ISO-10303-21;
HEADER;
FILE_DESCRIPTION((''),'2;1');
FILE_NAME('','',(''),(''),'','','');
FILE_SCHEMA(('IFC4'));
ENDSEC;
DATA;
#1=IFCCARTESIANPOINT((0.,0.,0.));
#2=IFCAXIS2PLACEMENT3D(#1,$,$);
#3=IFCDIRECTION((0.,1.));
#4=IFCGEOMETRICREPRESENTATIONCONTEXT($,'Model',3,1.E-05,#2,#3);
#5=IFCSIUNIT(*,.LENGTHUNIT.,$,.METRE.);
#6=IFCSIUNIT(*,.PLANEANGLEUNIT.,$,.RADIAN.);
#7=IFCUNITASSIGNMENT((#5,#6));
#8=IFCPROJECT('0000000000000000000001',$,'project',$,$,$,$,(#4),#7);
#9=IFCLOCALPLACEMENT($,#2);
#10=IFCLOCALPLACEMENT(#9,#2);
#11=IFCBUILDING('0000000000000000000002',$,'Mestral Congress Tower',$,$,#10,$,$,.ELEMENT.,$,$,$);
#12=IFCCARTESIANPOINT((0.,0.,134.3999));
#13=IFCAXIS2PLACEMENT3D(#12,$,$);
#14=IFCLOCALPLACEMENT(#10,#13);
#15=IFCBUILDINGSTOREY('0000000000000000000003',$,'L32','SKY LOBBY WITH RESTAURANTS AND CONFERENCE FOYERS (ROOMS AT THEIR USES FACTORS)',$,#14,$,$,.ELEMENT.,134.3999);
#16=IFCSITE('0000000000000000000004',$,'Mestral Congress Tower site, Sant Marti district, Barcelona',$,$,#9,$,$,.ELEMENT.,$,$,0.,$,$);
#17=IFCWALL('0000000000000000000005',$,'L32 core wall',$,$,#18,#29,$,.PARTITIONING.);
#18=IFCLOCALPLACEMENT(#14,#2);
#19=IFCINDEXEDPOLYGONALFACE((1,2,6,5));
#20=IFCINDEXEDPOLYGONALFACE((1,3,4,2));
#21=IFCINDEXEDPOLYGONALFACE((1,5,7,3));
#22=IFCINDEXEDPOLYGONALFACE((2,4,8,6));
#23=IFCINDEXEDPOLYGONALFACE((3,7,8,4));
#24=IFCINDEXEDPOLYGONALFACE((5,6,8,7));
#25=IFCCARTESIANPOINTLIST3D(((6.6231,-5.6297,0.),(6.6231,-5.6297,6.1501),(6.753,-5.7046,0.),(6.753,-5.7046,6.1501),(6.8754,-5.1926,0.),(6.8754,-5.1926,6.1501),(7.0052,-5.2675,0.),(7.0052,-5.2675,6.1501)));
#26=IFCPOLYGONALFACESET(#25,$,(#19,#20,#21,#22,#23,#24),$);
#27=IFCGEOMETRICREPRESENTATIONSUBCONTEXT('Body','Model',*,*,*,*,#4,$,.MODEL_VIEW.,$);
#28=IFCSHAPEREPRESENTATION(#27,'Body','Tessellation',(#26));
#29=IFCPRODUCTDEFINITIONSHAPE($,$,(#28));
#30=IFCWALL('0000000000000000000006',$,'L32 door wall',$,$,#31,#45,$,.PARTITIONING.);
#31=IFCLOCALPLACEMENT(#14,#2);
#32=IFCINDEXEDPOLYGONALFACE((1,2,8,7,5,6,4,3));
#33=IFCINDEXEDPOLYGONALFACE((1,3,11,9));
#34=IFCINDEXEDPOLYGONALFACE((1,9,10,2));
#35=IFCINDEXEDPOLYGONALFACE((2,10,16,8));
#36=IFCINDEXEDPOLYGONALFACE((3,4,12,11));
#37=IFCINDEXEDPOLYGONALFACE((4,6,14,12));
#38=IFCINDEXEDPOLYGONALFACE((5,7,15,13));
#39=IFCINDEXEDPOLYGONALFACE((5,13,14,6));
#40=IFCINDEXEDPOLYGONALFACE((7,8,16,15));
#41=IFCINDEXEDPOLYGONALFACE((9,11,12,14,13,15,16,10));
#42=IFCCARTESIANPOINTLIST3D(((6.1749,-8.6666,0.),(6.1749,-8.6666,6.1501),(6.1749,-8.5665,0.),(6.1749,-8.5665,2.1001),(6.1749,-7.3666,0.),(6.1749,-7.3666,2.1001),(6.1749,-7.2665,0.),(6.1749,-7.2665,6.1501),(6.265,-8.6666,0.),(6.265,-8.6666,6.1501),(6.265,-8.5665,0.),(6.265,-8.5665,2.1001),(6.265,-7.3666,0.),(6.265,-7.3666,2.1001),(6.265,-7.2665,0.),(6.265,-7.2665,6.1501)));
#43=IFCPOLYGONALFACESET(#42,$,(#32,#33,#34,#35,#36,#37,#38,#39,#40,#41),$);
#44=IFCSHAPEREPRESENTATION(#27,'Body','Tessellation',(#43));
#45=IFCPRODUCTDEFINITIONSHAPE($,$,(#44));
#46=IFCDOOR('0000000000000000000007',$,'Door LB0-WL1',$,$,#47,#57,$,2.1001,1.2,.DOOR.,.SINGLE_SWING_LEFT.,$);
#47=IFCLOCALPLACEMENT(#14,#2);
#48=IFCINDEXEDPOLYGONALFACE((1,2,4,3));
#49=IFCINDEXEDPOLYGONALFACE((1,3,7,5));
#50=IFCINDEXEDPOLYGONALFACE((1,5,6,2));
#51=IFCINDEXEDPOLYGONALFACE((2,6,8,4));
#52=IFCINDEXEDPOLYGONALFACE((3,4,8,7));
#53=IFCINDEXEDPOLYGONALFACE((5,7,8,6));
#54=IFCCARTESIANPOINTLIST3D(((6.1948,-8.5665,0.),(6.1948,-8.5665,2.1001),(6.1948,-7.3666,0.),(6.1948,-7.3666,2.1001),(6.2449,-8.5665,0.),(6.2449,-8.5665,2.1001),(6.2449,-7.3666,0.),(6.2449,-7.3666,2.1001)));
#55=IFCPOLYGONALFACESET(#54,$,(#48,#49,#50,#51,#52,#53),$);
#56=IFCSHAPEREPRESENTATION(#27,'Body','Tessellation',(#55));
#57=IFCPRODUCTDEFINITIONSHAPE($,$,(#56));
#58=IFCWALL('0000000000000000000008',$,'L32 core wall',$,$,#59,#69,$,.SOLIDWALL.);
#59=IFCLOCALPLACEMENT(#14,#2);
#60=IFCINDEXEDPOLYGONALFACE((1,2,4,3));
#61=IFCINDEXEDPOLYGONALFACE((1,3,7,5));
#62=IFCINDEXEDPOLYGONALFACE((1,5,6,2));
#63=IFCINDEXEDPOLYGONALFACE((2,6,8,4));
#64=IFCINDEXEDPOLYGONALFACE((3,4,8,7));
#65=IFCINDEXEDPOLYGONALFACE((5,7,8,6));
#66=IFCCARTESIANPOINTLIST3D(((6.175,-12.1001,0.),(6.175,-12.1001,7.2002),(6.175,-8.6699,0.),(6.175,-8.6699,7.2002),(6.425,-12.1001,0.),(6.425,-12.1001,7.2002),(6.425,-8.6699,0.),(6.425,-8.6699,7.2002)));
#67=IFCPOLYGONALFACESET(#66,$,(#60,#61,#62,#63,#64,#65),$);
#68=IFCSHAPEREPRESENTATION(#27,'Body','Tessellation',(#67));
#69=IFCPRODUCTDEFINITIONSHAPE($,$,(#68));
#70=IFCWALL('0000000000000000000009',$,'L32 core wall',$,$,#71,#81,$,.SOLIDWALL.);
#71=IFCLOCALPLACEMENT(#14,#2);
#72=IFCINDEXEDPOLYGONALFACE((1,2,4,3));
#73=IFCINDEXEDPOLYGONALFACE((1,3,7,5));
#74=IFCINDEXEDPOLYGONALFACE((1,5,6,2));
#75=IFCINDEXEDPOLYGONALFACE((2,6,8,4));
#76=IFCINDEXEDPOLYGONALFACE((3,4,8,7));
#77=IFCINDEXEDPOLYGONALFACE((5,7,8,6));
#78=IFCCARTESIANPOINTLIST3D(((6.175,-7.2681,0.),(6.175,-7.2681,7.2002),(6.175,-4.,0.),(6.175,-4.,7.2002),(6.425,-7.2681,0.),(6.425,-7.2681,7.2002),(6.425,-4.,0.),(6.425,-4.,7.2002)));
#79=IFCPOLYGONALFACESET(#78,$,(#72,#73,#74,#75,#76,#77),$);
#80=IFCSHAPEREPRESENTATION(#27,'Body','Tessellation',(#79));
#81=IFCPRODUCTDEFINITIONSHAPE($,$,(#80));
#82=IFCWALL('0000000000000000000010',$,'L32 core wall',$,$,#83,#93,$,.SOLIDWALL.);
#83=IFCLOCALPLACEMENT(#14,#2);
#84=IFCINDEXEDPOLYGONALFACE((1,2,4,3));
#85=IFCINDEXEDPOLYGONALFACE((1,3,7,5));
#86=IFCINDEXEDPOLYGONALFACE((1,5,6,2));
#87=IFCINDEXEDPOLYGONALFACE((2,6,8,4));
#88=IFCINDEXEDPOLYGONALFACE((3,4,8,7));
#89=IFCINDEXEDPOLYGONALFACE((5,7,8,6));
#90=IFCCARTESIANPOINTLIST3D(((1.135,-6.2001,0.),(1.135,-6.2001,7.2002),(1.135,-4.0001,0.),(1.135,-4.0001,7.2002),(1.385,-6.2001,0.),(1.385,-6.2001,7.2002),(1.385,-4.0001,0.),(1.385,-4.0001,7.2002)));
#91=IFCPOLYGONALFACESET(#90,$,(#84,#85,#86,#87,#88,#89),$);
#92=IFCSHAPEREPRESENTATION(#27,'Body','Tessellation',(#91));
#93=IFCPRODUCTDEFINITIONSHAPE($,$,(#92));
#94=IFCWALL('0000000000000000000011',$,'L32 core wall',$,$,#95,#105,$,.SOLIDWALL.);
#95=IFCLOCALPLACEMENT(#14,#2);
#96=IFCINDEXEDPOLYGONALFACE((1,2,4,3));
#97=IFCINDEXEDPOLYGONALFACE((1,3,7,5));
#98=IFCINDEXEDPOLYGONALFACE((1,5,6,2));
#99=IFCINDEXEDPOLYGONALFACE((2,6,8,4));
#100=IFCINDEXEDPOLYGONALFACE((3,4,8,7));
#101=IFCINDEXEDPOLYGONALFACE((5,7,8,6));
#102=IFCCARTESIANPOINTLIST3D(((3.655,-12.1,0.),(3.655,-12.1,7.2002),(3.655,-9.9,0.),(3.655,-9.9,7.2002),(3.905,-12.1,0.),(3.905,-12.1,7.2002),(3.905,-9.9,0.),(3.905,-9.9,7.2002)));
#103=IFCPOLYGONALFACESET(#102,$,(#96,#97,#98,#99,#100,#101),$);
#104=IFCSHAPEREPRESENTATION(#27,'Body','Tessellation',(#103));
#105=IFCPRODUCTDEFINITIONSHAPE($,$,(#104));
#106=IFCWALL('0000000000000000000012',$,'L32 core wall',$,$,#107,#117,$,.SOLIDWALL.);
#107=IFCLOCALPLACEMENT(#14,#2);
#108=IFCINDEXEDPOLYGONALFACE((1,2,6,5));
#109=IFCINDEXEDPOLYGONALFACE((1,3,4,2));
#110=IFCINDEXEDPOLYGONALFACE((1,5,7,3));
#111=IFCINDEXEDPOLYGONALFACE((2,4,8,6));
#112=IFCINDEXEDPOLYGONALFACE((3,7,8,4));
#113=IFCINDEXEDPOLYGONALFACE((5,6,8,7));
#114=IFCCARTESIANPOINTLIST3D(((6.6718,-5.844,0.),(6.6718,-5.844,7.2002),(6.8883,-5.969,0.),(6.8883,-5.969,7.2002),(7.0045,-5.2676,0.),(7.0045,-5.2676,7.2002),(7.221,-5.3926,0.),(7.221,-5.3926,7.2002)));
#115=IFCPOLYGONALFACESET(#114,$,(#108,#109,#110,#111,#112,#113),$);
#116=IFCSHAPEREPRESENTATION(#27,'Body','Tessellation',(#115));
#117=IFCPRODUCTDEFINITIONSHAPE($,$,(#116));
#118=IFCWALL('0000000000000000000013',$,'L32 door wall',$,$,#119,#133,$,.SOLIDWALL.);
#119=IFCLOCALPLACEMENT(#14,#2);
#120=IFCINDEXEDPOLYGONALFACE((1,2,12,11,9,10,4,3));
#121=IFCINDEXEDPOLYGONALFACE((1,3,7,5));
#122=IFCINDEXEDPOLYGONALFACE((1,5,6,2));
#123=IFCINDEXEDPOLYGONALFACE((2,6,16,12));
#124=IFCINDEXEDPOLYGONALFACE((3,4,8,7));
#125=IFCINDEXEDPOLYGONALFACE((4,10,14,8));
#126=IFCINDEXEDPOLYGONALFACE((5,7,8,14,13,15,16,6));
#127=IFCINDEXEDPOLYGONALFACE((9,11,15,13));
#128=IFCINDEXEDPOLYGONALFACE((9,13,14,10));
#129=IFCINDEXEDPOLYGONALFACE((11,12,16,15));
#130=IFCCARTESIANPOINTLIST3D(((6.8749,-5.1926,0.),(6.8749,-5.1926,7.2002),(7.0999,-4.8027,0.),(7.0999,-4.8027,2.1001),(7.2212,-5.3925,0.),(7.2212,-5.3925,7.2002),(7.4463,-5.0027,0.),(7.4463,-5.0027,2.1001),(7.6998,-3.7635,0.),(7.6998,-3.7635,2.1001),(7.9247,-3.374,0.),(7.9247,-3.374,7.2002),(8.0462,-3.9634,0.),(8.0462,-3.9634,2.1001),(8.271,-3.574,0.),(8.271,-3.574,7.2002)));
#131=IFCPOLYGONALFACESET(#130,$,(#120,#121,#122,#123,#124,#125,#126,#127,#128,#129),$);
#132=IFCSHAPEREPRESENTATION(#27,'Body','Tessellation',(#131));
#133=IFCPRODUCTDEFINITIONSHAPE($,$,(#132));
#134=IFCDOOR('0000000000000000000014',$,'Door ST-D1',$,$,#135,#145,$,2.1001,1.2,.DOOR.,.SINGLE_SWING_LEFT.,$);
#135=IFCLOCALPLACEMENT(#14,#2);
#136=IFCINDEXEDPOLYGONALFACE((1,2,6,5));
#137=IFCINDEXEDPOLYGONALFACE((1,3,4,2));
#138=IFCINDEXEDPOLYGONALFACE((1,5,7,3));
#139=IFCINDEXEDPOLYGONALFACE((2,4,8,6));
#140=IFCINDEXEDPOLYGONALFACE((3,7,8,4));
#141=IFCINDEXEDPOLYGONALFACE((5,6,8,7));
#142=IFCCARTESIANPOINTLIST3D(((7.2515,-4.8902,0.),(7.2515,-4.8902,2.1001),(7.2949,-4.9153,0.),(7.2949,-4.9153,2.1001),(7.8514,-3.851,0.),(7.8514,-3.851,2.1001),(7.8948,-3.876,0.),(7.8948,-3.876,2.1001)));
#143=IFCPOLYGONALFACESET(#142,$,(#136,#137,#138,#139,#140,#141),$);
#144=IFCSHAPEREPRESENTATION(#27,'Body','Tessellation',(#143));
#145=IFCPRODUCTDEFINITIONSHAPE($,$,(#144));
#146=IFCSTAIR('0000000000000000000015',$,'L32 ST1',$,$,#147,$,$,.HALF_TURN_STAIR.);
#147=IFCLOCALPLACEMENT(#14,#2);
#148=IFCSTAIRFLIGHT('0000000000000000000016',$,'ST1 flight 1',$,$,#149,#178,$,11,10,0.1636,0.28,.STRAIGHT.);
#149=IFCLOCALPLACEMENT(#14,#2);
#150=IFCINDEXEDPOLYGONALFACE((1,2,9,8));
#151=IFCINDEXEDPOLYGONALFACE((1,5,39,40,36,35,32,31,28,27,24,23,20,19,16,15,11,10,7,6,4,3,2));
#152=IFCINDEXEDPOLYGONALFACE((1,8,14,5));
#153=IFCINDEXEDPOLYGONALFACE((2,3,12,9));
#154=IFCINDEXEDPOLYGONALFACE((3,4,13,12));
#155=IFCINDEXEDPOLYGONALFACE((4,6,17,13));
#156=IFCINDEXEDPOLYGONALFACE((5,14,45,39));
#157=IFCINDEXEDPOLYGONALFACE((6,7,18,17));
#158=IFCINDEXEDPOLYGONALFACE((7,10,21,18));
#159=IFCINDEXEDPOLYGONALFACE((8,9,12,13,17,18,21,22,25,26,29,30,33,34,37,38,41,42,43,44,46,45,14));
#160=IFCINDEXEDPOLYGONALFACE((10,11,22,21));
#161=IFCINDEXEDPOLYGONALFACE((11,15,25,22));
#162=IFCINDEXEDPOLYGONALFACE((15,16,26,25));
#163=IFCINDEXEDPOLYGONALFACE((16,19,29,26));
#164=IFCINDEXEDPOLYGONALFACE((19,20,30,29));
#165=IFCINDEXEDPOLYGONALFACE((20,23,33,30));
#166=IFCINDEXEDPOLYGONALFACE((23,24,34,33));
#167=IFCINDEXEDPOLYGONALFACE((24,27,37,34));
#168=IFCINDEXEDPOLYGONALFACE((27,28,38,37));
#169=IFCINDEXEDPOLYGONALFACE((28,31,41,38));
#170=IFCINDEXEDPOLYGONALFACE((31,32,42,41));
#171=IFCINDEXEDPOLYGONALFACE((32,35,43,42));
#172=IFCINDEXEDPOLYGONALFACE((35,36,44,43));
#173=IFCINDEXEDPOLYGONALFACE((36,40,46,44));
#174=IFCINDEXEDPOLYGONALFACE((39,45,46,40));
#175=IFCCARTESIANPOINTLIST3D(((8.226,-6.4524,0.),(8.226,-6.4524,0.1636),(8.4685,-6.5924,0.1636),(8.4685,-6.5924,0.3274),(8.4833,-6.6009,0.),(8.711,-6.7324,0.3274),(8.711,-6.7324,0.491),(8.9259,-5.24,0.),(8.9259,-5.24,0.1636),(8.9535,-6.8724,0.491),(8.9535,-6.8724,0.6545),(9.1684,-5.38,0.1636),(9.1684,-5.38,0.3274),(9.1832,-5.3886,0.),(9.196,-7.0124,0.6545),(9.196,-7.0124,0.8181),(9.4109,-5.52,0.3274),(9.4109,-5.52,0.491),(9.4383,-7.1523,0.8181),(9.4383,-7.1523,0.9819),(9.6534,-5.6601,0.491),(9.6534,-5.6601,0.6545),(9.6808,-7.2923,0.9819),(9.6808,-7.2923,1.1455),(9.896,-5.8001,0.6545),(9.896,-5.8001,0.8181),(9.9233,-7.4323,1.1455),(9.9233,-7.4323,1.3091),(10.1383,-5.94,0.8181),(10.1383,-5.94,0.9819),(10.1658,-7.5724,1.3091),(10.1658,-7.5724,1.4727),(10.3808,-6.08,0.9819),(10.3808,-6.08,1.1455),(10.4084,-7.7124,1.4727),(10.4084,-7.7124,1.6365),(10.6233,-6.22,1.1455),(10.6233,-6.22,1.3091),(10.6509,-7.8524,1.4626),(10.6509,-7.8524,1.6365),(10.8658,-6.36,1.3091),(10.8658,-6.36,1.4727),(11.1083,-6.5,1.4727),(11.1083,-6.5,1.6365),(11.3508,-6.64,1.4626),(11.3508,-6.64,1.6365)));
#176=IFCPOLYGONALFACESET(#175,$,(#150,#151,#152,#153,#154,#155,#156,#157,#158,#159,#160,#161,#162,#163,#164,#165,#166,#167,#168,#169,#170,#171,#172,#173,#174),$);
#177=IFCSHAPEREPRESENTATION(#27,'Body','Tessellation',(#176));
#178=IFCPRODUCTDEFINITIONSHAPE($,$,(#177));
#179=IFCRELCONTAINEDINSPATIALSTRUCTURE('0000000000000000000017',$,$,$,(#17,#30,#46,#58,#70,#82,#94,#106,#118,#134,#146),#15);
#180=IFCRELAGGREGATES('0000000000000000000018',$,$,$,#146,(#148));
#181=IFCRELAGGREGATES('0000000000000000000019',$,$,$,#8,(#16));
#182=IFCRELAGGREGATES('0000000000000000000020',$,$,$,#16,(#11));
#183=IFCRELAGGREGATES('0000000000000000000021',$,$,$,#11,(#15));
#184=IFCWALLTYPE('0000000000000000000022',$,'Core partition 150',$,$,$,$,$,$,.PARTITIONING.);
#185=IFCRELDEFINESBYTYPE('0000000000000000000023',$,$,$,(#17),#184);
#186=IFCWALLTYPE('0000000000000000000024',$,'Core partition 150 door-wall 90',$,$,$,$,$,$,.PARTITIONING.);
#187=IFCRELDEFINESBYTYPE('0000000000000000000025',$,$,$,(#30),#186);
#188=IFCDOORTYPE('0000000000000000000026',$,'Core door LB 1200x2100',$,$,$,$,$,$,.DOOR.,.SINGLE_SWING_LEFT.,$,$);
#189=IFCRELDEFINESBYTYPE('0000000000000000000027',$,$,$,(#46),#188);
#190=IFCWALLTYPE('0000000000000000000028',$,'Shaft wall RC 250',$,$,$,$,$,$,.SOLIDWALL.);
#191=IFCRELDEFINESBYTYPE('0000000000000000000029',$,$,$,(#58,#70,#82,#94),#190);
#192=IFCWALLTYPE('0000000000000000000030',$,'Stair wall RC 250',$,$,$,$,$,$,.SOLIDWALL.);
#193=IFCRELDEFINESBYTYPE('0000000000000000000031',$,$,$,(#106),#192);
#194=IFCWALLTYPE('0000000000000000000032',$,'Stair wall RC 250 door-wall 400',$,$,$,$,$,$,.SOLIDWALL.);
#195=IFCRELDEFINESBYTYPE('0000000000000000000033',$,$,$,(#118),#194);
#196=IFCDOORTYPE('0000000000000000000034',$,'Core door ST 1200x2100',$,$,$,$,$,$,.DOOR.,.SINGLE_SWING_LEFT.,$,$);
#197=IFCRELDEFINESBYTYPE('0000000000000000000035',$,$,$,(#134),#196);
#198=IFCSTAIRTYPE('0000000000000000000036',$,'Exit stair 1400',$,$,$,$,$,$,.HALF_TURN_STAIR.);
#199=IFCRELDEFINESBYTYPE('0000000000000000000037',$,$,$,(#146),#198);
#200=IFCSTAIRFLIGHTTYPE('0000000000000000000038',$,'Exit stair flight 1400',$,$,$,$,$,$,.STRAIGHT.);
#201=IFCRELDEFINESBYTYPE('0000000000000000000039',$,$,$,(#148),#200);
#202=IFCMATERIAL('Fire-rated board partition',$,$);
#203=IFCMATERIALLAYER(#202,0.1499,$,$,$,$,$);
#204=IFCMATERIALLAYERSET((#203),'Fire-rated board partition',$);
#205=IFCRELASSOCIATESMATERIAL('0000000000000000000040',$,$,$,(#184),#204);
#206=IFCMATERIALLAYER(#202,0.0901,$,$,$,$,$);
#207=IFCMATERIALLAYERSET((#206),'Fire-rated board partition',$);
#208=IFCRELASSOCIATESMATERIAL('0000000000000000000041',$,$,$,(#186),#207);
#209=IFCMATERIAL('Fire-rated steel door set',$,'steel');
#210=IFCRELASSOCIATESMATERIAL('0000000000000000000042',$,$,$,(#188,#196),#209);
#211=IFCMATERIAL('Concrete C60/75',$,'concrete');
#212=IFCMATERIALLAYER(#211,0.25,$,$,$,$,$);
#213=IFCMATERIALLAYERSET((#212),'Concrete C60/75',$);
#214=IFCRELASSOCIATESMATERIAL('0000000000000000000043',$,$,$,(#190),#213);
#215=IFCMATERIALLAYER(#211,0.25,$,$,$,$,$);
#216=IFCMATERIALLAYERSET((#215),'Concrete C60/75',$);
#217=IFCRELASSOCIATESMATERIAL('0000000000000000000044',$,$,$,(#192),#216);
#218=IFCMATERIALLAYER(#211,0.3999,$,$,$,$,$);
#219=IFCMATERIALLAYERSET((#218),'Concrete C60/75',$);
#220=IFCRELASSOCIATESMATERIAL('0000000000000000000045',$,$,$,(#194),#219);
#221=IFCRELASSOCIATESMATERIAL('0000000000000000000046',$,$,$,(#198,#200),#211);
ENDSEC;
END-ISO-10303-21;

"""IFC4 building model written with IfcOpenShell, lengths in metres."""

from ifc_helpers import new_model, si_unit, direction, frame, frame_2d, origin, place, context, subcontext, project, spatial, polyline, rectangle, outline, extrude, material, layer, layer_set, type_object, element, fill, aggregate, save


model = new_model("IFC4")

# Units and contexts
model_context = context("Model", 3, precision=1e-05, world=origin(), true_north=direction((0.0, 1.0)))
body_context = subcontext(model_context, "Body", "Model", "MODEL_VIEW")
ifc_project = project(units=[si_unit("LENGTHUNIT", "METRE"), si_unit("PLANEANGLEUNIT", "RADIAN")], contexts=[model_context])

# Site, building, storey
site_placement = place(None, origin())
site = spatial("IfcSite", under=ifc_project, at=site_placement, Name="Mestral Congress Tower site, Sant Marti district, Barcelona", CompositionType="ELEMENT", RefElevation=0.0)
building_placement = place(site_placement, origin())
building = spatial("IfcBuilding", under=site, at=building_placement, Name="Mestral Congress Tower", CompositionType="ELEMENT")
storey_placement = place(building_placement, frame((0.0, 0.0, 134.3999)))
storey = spatial("IfcBuildingStorey", under=building, at=storey_placement, Name="L32", Description="SKY LOBBY WITH RESTAURANTS AND CONFERENCE FOYERS (ROOMS AT THEIR USES FACTORS)", CompositionType="ELEMENT", Elevation=134.3999)

# Wall
ifc_material_1 = material(Name="Fire-rated board partition")
ifc_layer_1 = layer(ifc_material_1, 0.1499)
ifc_layer_set_1 = layer_set([ifc_layer_1], Name="Fire-rated board partition")
wall_type_1 = type_object("IfcWallType", Name="Core partition 150", PredefinedType="PARTITIONING", material=ifc_layer_set_1)
wall_1_placement = place(storey_placement, frame((6.688, -5.6672, 0.0), z_axis=(0.0, 0.0, 1.0), x_axis=(0.499834, 0.866121, 0.0)))
element("IfcWall", 1, at=wall_1_placement, inside=storey, type_object=wall_type_1, Name="L32 core wall", PredefinedType="PARTITIONING", context=body_context, shape_type="SweptSolid", body=[
    extrude(rectangle(XDim=0.5046, YDim=0.1499, at=frame_2d((0.2524, 0.0))), origin(), (0.0, 0.0, 1.0), 6.1501),
])

# Wall, opening, door
ifc_layer_2 = layer(ifc_material_1, 0.0901)
ifc_layer_set_2 = layer_set([ifc_layer_2], Name="Fire-rated board partition")
wall_type_2 = type_object("IfcWallType", Name="Core partition 150 door-wall 90", PredefinedType="PARTITIONING", material=ifc_layer_set_2)
wall_2_placement = place(storey_placement, frame((6.22, -7.2664, 0.0), z_axis=(0.0, 0.0, 1.0), x_axis=(0.0, -1.0, 0.0)))
wall_2 = element("IfcWall", 2, at=wall_2_placement, inside=storey, type_object=wall_type_2, Name="L32 door wall", PredefinedType="PARTITIONING", context=body_context, shape_type="SweptSolid", body=[
    extrude(rectangle(XDim=1.4001, YDim=0.0901, at=frame_2d((0.7002, 0.0))), origin(), (0.0, 0.0, 1.0), 6.1501),
])
opening_1_placement = place(wall_2_placement, frame((0.1001, 0.0, 0.0)))
opening_1 = element("IfcOpeningElement", 3, at=opening_1_placement, cuts=wall_2, PredefinedType="OPENING", context=body_context, shape_type="SweptSolid", body=[
    extrude(rectangle(XDim=1.2, YDim=2.1001, at=frame_2d((0.6001, 1.05))), frame((0.0, 0.0549, 0.0), z_axis=(0.0, -1.0, 0.0), x_axis=(1.0, 0.0, 0.0)), (0.0, 0.0, 1.0), 0.1101),
])
ifc_material_2 = material(Name="Fire-rated steel door set", Category="steel")
door_type_1 = type_object("IfcDoorType", Name="Core door LB 1200x2100", OperationType="SINGLE_SWING_LEFT", PredefinedType="DOOR", material=ifc_material_2)
door_1_placement = place(opening_1_placement, origin())
door_1 = element("IfcDoor", 4, at=door_1_placement, inside=storey, type_object=door_type_1, Name="Door LB0-WL1", OperationType="SINGLE_SWING_LEFT", OverallHeight=2.1001, OverallWidth=1.2, PredefinedType="DOOR", context=body_context, shape_type="SweptSolid", body=[
    extrude(rectangle(XDim=1.2, YDim=2.1001, at=frame_2d((0.6001, 1.05))), frame((0.0, 0.0249, 0.0), z_axis=(0.0, -1.0, 0.0), x_axis=(1.0, 0.0, 0.0)), (0.0, 0.0, 1.0), 0.05),
])
fill(opening_1, door_1)

# Walls
ifc_material_3 = material(Name="Concrete C60/75", Category="concrete")
ifc_layer_3 = layer(ifc_material_3, 0.25)
ifc_layer_set_3 = layer_set([ifc_layer_3], Name="Concrete C60/75")
wall_type_3 = type_object("IfcWallType", Name="Shaft wall RC 250", PredefinedType="SOLIDWALL", material=ifc_layer_set_3)
wall_3_placement = place(storey_placement, frame((6.3, -8.6699, 0.0), z_axis=(0.0, 0.0, 1.0), x_axis=(0.0, -1.0, 0.0)))
element("IfcWall", 5, at=wall_3_placement, inside=storey, type_object=wall_type_3, Name="L32 core wall", PredefinedType="SOLIDWALL", context=body_context, shape_type="SweptSolid", body=[
    extrude(rectangle(XDim=3.4302, YDim=0.25, at=frame_2d((1.7151, 0.0))), origin(), (0.0, 0.0, 1.0), 7.2002),
])
wall_4_placement = place(storey_placement, frame((6.3, -7.2681, 0.0), z_axis=(0.0, 0.0, 1.0), x_axis=(0.0, 1.0, 0.0)))
element("IfcWall", 6, at=wall_4_placement, inside=storey, type_object=wall_type_3, Name="L32 core wall", PredefinedType="SOLIDWALL", context=body_context, shape_type="SweptSolid", body=[
    extrude(rectangle(XDim=3.2681, YDim=0.25, at=frame_2d((1.634, 0.0))), origin(), (0.0, 0.0, 1.0), 7.2002),
])
for number, where, z_axis, x_axis, name in (
    (7, (1.26, -4.0, 0.0), (0.0, 0.0, 1.0), (0.0, -1.0, 0.0), "L32 core wall"),
    (8, (3.78, -12.1001, 0.0), (0.0, 0.0, 1.0), (0.0, 1.0, 0.0), "L32 core wall"),
):
    element("IfcWall", number, at=place(storey_placement, frame(where, z_axis=z_axis, x_axis=x_axis)), inside=storey, type_object=wall_type_3, Name=name, PredefinedType="SOLIDWALL", context=body_context, shape_type="SweptSolid", body=[
        extrude(rectangle(XDim=2.2, YDim=0.25, at=frame_2d((1.1001, 0.0))), origin(), (0.0, 0.0, 1.0), 7.2002),
    ])
ifc_layer_4 = layer(ifc_material_3, 0.25)
ifc_layer_set_4 = layer_set([ifc_layer_4], Name="Concrete C60/75")
wall_type_4 = type_object("IfcWallType", Name="Stair wall RC 250", PredefinedType="SOLIDWALL", material=ifc_layer_set_4)
wall_5_placement = place(storey_placement, frame((7.1128, -5.3301, 0.0), z_axis=(0.0, 0.0, 1.0), x_axis=(-0.499966, -0.866045, 0.0)))
element("IfcWall", 9, at=wall_5_placement, inside=storey, type_object=wall_type_4, Name="L32 core wall", PredefinedType="SOLIDWALL", context=body_context, shape_type="SweptSolid", body=[
    extrude(rectangle(XDim=0.6655, YDim=0.25, at=frame_2d((0.3328, 0.0))), origin(), (0.0, 0.0, 1.0), 7.2002),
])

# Wall, opening, door
ifc_layer_5 = layer(ifc_material_3, 0.3999)
ifc_layer_set_5 = layer_set([ifc_layer_5], Name="Concrete C60/75")
wall_type_5 = type_object("IfcWallType", Name="Stair wall RC 250 door-wall 400", PredefinedType="SOLIDWALL", material=ifc_layer_set_5)
wall_6_placement = place(storey_placement, frame((7.0481, -5.2925, 0.0), z_axis=(0.0, 0.0, 1.0), x_axis=(0.499941, 0.86606, 0.0)))
wall_6 = element("IfcWall", 10, at=wall_6_placement, inside=storey, type_object=wall_type_5, Name="L32 door wall", PredefinedType="SOLIDWALL", context=body_context, shape_type="SweptSolid", body=[
    extrude(rectangle(XDim=2.0999, YDim=0.3999, at=frame_2d((1.0498, 0.0))), origin(), (0.0, 0.0, 1.0), 7.2002),
])
opening_2_placement = place(wall_6_placement, frame((0.45, 0.0, 0.0)))
opening_2 = element("IfcOpeningElement", 11, at=opening_2_placement, cuts=wall_6, PredefinedType="OPENING", context=body_context, shape_type="SweptSolid", body=[
    extrude(rectangle(XDim=1.2, YDim=2.1001, at=frame_2d((0.6001, 1.05))), frame((0.0, 0.21, 0.0), z_axis=(0.0, -1.0, 0.0), x_axis=(1.0, 0.0, 0.0)), (0.0, 0.0, 1.0), 0.4199),
])
door_type_2 = type_object("IfcDoorType", Name="Core door ST 1200x2100", OperationType="SINGLE_SWING_LEFT", PredefinedType="DOOR", material=ifc_material_2)
door_2_placement = place(opening_2_placement, origin())
door_2 = element("IfcDoor", 12, at=door_2_placement, inside=storey, type_object=door_type_2, Name="Door ST-D1", OperationType="SINGLE_SWING_LEFT", OverallHeight=2.1001, OverallWidth=1.2, PredefinedType="DOOR", context=body_context, shape_type="SweptSolid", body=[
    extrude(rectangle(XDim=1.2, YDim=2.1001, at=frame_2d((0.6001, 1.05))), frame((0.0, 0.0249, 0.0), z_axis=(0.0, -1.0, 0.0), x_axis=(1.0, 0.0, 0.0)), (0.0, 0.0, 1.0), 0.05),
])
fill(opening_2, door_2)

# Stair, stair flight
stair_type = type_object("IfcStairType", Name="Exit stair 1400", PredefinedType="HALF_TURN_STAIR", material=ifc_material_3)
stair_placement = place(storey_placement, origin())
stair = element("IfcStair", 13, at=stair_placement, inside=storey, type_object=stair_type, Name="L32 ST1", PredefinedType="HALF_TURN_STAIR")
stair_flight_type = type_object("IfcStairFlightType", Name="Exit stair flight 1400", PredefinedType="STRAIGHT", material=ifc_material_3)
stair_flight_1_placement = place(storey_placement, frame((8.5759, -5.8462, 0.0), z_axis=(0.0, 0.0, 1.0), x_axis=(0.866025, -0.5, 0.0)))
stair_flight_1 = element("IfcStairFlight", 14, at=stair_flight_1_placement, type_object=stair_flight_type, Name="ST1 flight 1", NumberOfRisers=11, NumberOfTreads=10, PredefinedType="STRAIGHT", RiserHeight=0.1636, TreadLength=0.28, context=body_context, shape_type="SweptSolid", body=[
    extrude(outline(polyline([(0.0, 0.0), (0.0, 0.1636), (0.28, 0.1636), (0.28, 0.3274), (0.5601, 0.3274), (0.5601, 0.491), (0.8401, 0.491), (0.8401, 0.6545), (1.1201, 0.6545), (1.1201, 0.8181), (1.3999, 0.8181), (1.3999, 0.9819), (1.6799, 0.9819), (1.6799, 1.1455), (1.96, 1.1455), (1.96, 1.3091), (2.24, 1.3091), (2.24, 1.4727), (2.52, 1.4727), (2.52, 1.6365), (2.8, 1.6365), (2.8, 1.8), (2.8, 1.4626), (0.2971, 0.0), (0.0, 0.0)])), frame((0.0, 0.7, 0.0), z_axis=(0.0, -1.0, 0.0), x_axis=(1.0, 0.0, 0.0)), (0.0, 0.0, 1.0), 1.3999),
])
aggregate(stair, [stair_flight_1])

save(model, "model.ifc")
